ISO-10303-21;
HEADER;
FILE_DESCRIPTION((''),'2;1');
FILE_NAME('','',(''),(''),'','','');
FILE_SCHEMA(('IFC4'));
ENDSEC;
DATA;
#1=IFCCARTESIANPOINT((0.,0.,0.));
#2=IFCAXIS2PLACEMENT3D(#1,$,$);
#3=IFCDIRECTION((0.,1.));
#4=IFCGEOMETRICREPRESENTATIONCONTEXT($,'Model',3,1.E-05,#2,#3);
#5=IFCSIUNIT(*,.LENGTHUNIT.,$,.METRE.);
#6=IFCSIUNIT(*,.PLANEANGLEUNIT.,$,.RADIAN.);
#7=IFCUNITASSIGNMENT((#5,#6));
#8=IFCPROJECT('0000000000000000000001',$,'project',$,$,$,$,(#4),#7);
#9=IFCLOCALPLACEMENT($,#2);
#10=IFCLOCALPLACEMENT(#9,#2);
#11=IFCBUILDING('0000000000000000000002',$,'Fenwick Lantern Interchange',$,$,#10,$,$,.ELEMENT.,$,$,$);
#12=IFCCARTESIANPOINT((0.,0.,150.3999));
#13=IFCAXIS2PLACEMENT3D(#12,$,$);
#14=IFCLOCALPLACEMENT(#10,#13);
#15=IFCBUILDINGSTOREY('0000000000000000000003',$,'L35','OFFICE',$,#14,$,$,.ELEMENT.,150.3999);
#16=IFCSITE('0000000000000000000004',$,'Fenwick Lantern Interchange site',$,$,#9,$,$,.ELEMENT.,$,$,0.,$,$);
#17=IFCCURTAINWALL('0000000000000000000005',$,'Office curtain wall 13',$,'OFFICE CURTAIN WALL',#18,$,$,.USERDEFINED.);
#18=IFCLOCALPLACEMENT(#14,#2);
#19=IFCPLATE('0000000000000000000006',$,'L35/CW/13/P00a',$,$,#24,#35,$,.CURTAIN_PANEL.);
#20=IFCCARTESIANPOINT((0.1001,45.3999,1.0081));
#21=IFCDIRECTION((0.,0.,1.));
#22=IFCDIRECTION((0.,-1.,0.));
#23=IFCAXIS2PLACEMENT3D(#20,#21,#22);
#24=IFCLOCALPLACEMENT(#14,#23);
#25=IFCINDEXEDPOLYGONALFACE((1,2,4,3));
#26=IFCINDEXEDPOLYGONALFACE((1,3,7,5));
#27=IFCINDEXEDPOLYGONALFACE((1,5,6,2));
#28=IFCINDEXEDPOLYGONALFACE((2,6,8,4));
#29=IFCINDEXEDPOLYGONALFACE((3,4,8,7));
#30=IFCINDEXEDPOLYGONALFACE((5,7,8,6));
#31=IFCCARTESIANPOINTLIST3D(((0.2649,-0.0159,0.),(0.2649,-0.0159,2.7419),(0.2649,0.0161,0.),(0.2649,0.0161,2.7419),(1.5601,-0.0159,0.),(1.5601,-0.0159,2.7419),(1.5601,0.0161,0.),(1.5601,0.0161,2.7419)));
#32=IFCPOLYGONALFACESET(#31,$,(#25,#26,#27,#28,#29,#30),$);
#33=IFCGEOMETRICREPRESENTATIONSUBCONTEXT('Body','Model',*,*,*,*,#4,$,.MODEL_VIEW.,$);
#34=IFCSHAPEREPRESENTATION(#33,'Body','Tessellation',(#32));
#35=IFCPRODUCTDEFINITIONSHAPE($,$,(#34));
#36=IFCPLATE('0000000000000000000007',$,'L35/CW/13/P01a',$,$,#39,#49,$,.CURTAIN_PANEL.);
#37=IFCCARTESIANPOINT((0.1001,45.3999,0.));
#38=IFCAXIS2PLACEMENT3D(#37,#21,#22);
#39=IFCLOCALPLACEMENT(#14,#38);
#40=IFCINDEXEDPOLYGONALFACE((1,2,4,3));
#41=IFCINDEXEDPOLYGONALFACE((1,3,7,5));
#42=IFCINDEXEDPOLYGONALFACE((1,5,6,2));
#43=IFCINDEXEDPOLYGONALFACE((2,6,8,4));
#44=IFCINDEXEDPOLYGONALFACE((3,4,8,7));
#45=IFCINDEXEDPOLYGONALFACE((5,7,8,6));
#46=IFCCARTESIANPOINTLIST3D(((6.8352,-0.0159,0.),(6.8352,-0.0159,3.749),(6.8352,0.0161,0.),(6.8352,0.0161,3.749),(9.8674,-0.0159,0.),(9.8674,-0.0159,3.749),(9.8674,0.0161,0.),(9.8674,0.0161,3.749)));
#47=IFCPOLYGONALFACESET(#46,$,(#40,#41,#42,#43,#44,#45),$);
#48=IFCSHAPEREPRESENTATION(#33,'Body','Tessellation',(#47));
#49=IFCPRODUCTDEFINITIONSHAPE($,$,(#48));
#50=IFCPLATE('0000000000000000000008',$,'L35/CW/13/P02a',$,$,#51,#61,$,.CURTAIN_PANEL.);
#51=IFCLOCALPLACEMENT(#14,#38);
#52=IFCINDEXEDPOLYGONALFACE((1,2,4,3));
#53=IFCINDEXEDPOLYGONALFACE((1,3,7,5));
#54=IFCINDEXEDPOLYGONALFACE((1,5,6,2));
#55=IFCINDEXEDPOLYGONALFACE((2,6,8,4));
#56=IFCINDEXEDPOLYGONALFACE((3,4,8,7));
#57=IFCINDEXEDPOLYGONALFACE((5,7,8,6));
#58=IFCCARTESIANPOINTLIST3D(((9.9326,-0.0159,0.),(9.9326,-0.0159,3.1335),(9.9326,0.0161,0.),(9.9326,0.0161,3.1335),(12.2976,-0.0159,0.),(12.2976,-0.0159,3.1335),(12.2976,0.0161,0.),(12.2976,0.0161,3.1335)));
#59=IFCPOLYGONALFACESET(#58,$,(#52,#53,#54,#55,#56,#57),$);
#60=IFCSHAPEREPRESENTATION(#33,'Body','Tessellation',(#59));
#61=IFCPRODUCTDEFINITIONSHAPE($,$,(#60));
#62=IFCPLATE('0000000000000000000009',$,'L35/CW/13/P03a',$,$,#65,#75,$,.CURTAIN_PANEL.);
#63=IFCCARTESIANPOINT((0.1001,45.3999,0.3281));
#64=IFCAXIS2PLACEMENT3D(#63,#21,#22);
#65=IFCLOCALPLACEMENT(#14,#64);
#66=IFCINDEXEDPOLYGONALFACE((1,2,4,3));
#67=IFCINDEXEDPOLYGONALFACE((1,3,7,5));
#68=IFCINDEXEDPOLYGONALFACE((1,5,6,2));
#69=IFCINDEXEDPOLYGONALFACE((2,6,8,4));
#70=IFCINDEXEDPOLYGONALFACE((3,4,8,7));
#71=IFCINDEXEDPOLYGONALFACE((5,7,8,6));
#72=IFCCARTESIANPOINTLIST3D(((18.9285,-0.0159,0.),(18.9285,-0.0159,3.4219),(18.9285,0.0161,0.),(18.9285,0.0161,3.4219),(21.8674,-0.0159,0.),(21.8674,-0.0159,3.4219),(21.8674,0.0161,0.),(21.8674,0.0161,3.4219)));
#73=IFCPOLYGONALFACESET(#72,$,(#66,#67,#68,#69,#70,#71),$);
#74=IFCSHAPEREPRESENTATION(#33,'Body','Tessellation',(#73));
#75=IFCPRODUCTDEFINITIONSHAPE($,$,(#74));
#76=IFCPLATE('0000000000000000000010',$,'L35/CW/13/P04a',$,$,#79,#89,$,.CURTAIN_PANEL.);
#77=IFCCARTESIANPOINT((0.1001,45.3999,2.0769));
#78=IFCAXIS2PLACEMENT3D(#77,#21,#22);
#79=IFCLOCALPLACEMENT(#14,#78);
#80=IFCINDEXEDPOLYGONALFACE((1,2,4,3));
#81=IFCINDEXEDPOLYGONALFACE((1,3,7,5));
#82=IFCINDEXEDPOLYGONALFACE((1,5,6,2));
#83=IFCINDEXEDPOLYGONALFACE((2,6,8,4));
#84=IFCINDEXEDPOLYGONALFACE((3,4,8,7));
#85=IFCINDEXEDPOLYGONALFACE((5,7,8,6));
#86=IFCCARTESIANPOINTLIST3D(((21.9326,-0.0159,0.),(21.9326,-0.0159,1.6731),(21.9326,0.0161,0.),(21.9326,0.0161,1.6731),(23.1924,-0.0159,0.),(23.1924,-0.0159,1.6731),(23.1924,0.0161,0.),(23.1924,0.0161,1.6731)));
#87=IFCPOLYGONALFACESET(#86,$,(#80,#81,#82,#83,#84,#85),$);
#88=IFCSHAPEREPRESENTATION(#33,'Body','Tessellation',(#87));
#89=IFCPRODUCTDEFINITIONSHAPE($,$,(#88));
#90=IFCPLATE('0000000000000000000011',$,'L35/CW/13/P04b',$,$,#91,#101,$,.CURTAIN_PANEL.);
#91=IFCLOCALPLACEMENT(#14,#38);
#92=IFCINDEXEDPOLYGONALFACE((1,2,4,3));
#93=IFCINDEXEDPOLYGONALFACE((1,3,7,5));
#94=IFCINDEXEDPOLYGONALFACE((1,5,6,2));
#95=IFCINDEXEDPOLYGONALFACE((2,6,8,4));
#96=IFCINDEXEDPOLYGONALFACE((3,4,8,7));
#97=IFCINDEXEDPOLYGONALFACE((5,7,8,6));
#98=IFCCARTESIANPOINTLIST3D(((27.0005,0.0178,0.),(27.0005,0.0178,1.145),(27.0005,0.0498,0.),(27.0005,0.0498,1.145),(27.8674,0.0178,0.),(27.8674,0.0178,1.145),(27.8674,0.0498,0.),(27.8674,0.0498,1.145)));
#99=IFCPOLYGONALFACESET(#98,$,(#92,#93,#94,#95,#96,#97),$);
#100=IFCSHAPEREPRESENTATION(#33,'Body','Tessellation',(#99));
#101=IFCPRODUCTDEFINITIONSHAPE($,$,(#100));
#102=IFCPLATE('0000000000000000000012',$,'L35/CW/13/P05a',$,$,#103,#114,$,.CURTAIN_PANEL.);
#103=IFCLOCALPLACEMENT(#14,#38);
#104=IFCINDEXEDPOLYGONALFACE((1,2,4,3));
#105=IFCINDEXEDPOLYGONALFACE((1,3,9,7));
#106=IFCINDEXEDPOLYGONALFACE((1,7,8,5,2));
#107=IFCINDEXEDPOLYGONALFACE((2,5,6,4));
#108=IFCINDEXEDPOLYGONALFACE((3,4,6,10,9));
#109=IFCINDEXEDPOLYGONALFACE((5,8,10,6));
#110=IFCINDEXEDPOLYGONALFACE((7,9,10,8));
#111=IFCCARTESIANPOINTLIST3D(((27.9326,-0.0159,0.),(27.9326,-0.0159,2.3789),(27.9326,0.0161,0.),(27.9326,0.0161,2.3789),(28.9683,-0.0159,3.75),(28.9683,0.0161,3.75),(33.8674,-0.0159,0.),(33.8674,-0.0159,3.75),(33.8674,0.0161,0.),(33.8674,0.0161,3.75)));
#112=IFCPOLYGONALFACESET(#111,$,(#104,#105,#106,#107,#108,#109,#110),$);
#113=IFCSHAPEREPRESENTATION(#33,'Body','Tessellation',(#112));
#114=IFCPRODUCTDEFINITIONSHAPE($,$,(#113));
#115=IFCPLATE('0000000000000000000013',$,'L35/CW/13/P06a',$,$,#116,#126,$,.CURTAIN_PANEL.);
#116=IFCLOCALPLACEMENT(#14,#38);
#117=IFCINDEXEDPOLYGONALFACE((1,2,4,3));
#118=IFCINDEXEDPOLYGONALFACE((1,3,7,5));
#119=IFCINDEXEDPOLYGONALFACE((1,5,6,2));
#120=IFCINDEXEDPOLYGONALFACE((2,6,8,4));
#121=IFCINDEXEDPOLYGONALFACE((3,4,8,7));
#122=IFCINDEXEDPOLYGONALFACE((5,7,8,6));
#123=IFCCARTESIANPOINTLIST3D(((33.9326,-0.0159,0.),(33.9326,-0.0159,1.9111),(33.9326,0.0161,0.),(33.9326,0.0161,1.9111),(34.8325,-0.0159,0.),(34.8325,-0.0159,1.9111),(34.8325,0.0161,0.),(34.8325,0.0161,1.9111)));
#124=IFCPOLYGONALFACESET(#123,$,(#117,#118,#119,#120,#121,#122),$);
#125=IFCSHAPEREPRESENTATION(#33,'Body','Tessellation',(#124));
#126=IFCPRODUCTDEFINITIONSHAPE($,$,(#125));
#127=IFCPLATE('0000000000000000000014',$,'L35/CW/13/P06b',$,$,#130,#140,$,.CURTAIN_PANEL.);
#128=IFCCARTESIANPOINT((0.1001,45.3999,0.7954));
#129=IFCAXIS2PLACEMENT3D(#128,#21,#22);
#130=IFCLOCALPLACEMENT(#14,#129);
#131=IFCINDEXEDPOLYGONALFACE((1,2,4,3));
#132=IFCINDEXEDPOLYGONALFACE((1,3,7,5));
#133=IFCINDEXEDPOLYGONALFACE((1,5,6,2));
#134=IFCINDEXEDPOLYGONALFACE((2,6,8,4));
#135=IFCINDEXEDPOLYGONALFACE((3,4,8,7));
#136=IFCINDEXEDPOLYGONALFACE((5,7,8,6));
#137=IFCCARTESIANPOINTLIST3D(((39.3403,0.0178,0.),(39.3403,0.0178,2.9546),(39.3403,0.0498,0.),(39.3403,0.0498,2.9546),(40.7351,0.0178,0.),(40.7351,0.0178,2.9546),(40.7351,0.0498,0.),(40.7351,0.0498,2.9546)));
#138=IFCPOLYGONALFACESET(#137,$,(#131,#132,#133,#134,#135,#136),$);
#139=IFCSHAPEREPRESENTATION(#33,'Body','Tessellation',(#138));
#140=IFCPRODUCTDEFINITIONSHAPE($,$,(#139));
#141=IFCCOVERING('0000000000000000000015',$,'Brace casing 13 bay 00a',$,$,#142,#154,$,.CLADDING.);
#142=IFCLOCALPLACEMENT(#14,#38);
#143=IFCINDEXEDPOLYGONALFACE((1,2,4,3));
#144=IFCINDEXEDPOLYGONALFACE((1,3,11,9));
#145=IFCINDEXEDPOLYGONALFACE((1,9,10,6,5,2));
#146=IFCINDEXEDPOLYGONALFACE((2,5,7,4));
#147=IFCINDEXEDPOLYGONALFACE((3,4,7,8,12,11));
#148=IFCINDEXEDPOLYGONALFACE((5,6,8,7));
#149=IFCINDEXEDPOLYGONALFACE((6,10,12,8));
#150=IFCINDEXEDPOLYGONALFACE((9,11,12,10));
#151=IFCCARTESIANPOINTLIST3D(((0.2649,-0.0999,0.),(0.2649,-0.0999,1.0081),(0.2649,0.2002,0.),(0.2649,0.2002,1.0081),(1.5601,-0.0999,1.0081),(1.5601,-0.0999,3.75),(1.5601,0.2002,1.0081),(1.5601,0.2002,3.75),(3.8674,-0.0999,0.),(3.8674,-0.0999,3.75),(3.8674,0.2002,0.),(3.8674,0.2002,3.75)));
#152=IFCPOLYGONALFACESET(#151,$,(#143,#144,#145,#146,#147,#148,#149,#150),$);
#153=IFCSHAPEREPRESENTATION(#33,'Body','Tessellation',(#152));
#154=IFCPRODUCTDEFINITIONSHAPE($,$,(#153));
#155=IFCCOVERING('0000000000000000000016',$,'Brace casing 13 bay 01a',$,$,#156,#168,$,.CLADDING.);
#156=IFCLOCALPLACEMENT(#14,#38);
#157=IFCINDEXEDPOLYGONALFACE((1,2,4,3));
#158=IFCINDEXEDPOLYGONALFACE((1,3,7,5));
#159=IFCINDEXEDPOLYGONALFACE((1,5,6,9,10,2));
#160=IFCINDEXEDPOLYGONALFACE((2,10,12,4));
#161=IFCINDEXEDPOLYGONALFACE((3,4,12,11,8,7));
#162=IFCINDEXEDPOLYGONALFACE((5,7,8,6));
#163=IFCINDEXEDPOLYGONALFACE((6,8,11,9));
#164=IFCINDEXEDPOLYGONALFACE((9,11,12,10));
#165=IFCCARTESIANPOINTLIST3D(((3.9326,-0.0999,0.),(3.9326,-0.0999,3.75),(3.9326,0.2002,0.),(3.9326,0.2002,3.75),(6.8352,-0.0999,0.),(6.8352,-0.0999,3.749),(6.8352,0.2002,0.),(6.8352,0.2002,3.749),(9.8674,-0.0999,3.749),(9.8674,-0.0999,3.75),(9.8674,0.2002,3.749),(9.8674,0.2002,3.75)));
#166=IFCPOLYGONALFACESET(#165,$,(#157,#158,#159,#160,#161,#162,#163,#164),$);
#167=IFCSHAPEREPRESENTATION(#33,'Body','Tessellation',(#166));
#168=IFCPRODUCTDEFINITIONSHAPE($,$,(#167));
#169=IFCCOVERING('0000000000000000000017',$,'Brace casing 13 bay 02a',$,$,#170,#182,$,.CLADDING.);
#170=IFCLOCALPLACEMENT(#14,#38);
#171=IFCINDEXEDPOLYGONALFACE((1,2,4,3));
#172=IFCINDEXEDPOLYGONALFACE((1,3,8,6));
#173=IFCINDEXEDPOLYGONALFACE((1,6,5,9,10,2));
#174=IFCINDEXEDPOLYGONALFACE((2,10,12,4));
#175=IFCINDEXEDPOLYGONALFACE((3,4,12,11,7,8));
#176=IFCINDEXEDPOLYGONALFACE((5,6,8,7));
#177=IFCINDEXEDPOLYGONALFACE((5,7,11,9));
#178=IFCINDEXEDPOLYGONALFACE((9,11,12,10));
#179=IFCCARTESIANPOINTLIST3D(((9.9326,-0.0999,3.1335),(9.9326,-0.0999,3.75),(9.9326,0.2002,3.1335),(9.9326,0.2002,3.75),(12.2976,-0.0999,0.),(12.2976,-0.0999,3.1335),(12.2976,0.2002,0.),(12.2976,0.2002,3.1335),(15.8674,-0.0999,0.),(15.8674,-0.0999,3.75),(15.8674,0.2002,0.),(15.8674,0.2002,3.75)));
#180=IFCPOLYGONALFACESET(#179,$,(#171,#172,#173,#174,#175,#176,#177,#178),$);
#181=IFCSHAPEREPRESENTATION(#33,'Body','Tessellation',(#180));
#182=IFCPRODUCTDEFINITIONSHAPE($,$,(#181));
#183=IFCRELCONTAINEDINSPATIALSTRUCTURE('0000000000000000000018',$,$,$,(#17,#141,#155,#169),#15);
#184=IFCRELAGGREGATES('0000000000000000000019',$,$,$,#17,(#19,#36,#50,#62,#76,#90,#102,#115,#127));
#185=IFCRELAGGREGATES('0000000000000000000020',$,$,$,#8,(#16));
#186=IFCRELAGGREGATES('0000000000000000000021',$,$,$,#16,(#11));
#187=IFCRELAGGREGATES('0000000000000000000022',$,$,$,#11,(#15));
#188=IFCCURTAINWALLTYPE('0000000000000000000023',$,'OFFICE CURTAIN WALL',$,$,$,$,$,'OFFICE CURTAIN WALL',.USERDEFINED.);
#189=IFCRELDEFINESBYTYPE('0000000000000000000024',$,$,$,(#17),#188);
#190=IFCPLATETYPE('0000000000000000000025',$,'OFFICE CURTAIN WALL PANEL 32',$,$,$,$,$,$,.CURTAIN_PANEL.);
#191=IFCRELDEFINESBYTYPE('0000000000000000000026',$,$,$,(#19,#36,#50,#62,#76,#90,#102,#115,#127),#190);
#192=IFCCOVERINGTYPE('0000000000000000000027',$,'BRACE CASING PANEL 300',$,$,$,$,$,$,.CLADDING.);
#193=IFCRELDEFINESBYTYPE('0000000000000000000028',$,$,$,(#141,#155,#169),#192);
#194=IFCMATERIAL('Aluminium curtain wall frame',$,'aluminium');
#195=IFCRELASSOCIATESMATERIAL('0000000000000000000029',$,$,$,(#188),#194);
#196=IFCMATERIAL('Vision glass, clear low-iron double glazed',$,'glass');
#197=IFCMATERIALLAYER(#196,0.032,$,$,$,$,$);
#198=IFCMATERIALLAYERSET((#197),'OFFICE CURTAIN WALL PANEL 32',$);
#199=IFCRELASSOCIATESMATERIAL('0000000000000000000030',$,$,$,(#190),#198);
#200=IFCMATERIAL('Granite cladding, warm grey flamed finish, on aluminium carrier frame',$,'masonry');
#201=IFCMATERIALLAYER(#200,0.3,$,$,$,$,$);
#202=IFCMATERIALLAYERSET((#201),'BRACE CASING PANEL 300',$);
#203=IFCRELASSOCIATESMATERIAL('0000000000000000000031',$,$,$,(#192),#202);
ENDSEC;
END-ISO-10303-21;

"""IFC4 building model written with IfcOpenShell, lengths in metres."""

from ifc_helpers import new_model, si_unit, direction, frame, origin, place, context, subcontext, project, spatial, polyline, outline, extrude, material, layer, layer_set, type_object, element, aggregate, save


model = new_model("IFC4")

# Units and contexts
model_context = context("Model", 3, precision=1e-05, world=origin(), true_north=direction((0.0, 1.0)))
body_context = subcontext(model_context, "Body", "Model", "MODEL_VIEW")
ifc_project = project(units=[si_unit("LENGTHUNIT", "METRE"), si_unit("PLANEANGLEUNIT", "RADIAN")], contexts=[model_context])

# Site, building, storey
site_placement = place(None, origin())
site = spatial("IfcSite", under=ifc_project, at=site_placement, Name="Fenwick Lantern Interchange site", CompositionType="ELEMENT", RefElevation=0.0)
building_placement = place(site_placement, origin())
building = spatial("IfcBuilding", under=site, at=building_placement, Name="Fenwick Lantern Interchange", CompositionType="ELEMENT")
storey_placement = place(building_placement, frame((0.0, 0.0, 150.3999)))
storey = spatial("IfcBuildingStorey", under=building, at=storey_placement, Name="L35", Description="OFFICE", CompositionType="ELEMENT", Elevation=150.3999)

# Curtain wall
ifc_material_1 = material(Name="Aluminium curtain wall frame", Category="aluminium")
curtain_wall_type = type_object("IfcCurtainWallType", Name="OFFICE CURTAIN WALL", ElementType="OFFICE CURTAIN WALL", PredefinedType="USERDEFINED", material=ifc_material_1)
curtain_wall_1_placement = place(storey_placement, origin())
curtain_wall_1 = element("IfcCurtainWall", 1, at=curtain_wall_1_placement, inside=storey, type_object=curtain_wall_type, Name="Office curtain wall 13", ObjectType="OFFICE CURTAIN WALL", PredefinedType="USERDEFINED")

# Plates
ifc_material_2 = material(Name="Vision glass, clear low-iron double glazed", Category="glass")
ifc_layer_1 = layer(ifc_material_2, 0.032)
ifc_layer_set_1 = layer_set([ifc_layer_1], Name="OFFICE CURTAIN WALL PANEL 32")
plate_type = type_object("IfcPlateType", Name="OFFICE CURTAIN WALL PANEL 32", PredefinedType="CURTAIN_PANEL", material=ifc_layer_set_1)
plate_1_placement = place(storey_placement, frame((0.1001, 45.3999, 1.0081), z_axis=(0.0, 0.0, 1.0), x_axis=(0.0, -1.0, 0.0)))
plate_1 = element("IfcPlate", 2, at=plate_1_placement, type_object=plate_type, Name="L35/CW/13/P00a", PredefinedType="CURTAIN_PANEL", context=body_context, shape_type="SweptSolid", body=[
    extrude(outline(polyline([(0.2649, 0.0), (1.5601, 0.0), (1.5601, 2.7419), (0.2649, 2.7419), (0.2649, 0.0)])), frame((0.0, 0.0161, 0.0), z_axis=(0.0, -1.0, 0.0), x_axis=(1.0, 0.0, 0.0)), (0.0, 0.0, 1.0), 0.032),
])
plate_2_placement = place(storey_placement, frame((0.1001, 45.3999, 0.0), z_axis=(0.0, 0.0, 1.0), x_axis=(0.0, -1.0, 0.0)))
plate_2 = element("IfcPlate", 3, at=plate_2_placement, type_object=plate_type, Name="L35/CW/13/P01a", PredefinedType="CURTAIN_PANEL", context=body_context, shape_type="SweptSolid", body=[
    extrude(outline(polyline([(6.8352, 0.0), (9.8674, 0.0), (9.8674, 3.749), (6.8352, 3.749), (6.8352, 0.0)])), frame((0.0, 0.0161, 0.0), z_axis=(0.0, -1.0, 0.0), x_axis=(1.0, 0.0, 0.0)), (0.0, 0.0, 1.0), 0.032),
])
plate_3_placement = place(storey_placement, frame((0.1001, 45.3999, 0.0), z_axis=(0.0, 0.0, 1.0), x_axis=(0.0, -1.0, 0.0)))
plate_3 = element("IfcPlate", 4, at=plate_3_placement, type_object=plate_type, Name="L35/CW/13/P02a", PredefinedType="CURTAIN_PANEL", context=body_context, shape_type="SweptSolid", body=[
    extrude(outline(polyline([(9.9326, 0.0), (12.2976, 0.0), (12.2976, 3.1335), (9.9326, 3.1335), (9.9326, 0.0)])), frame((0.0, 0.0161, 0.0), z_axis=(0.0, -1.0, 0.0), x_axis=(1.0, 0.0, 0.0)), (0.0, 0.0, 1.0), 0.032),
])
plate_4_placement = place(storey_placement, frame((0.1001, 45.3999, 0.3281), z_axis=(0.0, 0.0, 1.0), x_axis=(0.0, -1.0, 0.0)))
plate_4 = element("IfcPlate", 5, at=plate_4_placement, type_object=plate_type, Name="L35/CW/13/P03a", PredefinedType="CURTAIN_PANEL", context=body_context, shape_type="SweptSolid", body=[
    extrude(outline(polyline([(18.9285, 0.0), (21.8674, 0.0), (21.8674, 3.4219), (18.9285, 3.4219), (18.9285, 0.0)])), frame((0.0, 0.0161, 0.0), z_axis=(0.0, -1.0, 0.0), x_axis=(1.0, 0.0, 0.0)), (0.0, 0.0, 1.0), 0.032),
])
plate_5_placement = place(storey_placement, frame((0.1001, 45.3999, 2.0769), z_axis=(0.0, 0.0, 1.0), x_axis=(0.0, -1.0, 0.0)))
plate_5 = element("IfcPlate", 6, at=plate_5_placement, type_object=plate_type, Name="L35/CW/13/P04a", PredefinedType="CURTAIN_PANEL", context=body_context, shape_type="SweptSolid", body=[
    extrude(outline(polyline([(21.9326, 0.0), (23.1924, 0.0), (23.1924, 1.6731), (21.9326, 1.6731), (21.9326, 0.0)])), frame((0.0, 0.0161, 0.0), z_axis=(0.0, -1.0, 0.0), x_axis=(1.0, 0.0, 0.0)), (0.0, 0.0, 1.0), 0.032),
])
plate_6_placement = place(storey_placement, frame((0.1001, 45.3999, 0.0), z_axis=(0.0, 0.0, 1.0), x_axis=(0.0, -1.0, 0.0)))
plate_6 = element("IfcPlate", 7, at=plate_6_placement, type_object=plate_type, Name="L35/CW/13/P04b", PredefinedType="CURTAIN_PANEL", context=body_context, shape_type="SweptSolid", body=[
    extrude(outline(polyline([(27.0005, 0.0), (27.8674, 0.0), (27.8674, 1.145), (27.0005, 1.145), (27.0005, 0.0)])), frame((0.0, 0.0498, 0.0), z_axis=(0.0, -1.0, 0.0), x_axis=(1.0, 0.0, 0.0)), (0.0, 0.0, 1.0), 0.032),
])
plate_7_placement = place(storey_placement, frame((0.1001, 45.3999, 0.0), z_axis=(0.0, 0.0, 1.0), x_axis=(0.0, -1.0, 0.0)))
plate_7 = element("IfcPlate", 8, at=plate_7_placement, type_object=plate_type, Name="L35/CW/13/P05a", PredefinedType="CURTAIN_PANEL", context=body_context, shape_type="SweptSolid", body=[
    extrude(outline(polyline([(27.9326, 0.0), (33.8674, 0.0), (33.8674, 3.75), (28.9683, 3.75), (27.9326, 2.3789), (27.9326, 0.0)])), frame((0.0, 0.0161, 0.0), z_axis=(0.0, -1.0, 0.0), x_axis=(1.0, 0.0, 0.0)), (0.0, 0.0, 1.0), 0.032),
])
plate_8_placement = place(storey_placement, frame((0.1001, 45.3999, 0.0), z_axis=(0.0, 0.0, 1.0), x_axis=(0.0, -1.0, 0.0)))
plate_8 = element("IfcPlate", 9, at=plate_8_placement, type_object=plate_type, Name="L35/CW/13/P06a", PredefinedType="CURTAIN_PANEL", context=body_context, shape_type="SweptSolid", body=[
    extrude(outline(polyline([(33.9326, 0.0), (34.8325, 0.0), (34.8325, 1.9111), (33.9326, 1.9111), (33.9326, 0.0)])), frame((0.0, 0.0161, 0.0), z_axis=(0.0, -1.0, 0.0), x_axis=(1.0, 0.0, 0.0)), (0.0, 0.0, 1.0), 0.032),
])
plate_9_placement = place(storey_placement, frame((0.1001, 45.3999, 0.7954), z_axis=(0.0, 0.0, 1.0), x_axis=(0.0, -1.0, 0.0)))
plate_9 = element("IfcPlate", 10, at=plate_9_placement, type_object=plate_type, Name="L35/CW/13/P06b", PredefinedType="CURTAIN_PANEL", context=body_context, shape_type="SweptSolid", body=[
    extrude(outline(polyline([(39.3403, 0.0), (40.7351, 0.0), (40.7351, 2.9546), (39.3403, 2.9546), (39.3403, 0.0)])), frame((0.0, 0.0498, 0.0), z_axis=(0.0, -1.0, 0.0), x_axis=(1.0, 0.0, 0.0)), (0.0, 0.0, 1.0), 0.032),
])
aggregate(curtain_wall_1, [plate_1, plate_2, plate_3, plate_4, plate_5, plate_6, plate_7, plate_8, plate_9])

# Coverings
ifc_material_3 = material(Name="Granite cladding, warm grey flamed finish, on aluminium carrier frame", Category="masonry")
ifc_layer_2 = layer(ifc_material_3, 0.3)
ifc_layer_set_2 = layer_set([ifc_layer_2], Name="BRACE CASING PANEL 300")
covering_type = type_object("IfcCoveringType", Name="BRACE CASING PANEL 300", PredefinedType="CLADDING", material=ifc_layer_set_2)
covering_1_placement = place(storey_placement, frame((0.1001, 45.3999, 0.0), z_axis=(0.0, 0.0, 1.0), x_axis=(0.0, -1.0, 0.0)))
element("IfcCovering", 11, at=covering_1_placement, inside=storey, type_object=covering_type, Name="Brace casing 13 bay 00a", PredefinedType="CLADDING", context=body_context, shape_type="SweptSolid", body=[
    extrude(outline(polyline([(0.2649, 0.0), (3.8674, 0.0), (3.8674, 3.75), (1.5601, 3.75), (1.5601, 1.0081), (0.2649, 1.0081), (0.2649, 0.0)])), frame((0.0, 0.2002, 0.0), z_axis=(0.0, -1.0, 0.0), x_axis=(1.0, 0.0, 0.0)), (0.0, 0.0, 1.0), 0.3),
])
covering_2_placement = place(storey_placement, frame((0.1001, 45.3999, 0.0), z_axis=(0.0, 0.0, 1.0), x_axis=(0.0, -1.0, 0.0)))
element("IfcCovering", 12, at=covering_2_placement, inside=storey, type_object=covering_type, Name="Brace casing 13 bay 01a", PredefinedType="CLADDING", context=body_context, shape_type="SweptSolid", body=[
    extrude(outline(polyline([(3.9326, 0.0), (6.8352, 0.0), (6.8352, 3.749), (9.8674, 3.749), (9.8674, 3.75), (3.9326, 3.75), (3.9326, 0.0)])), frame((0.0, 0.2002, 0.0), z_axis=(0.0, -1.0, 0.0), x_axis=(1.0, 0.0, 0.0)), (0.0, 0.0, 1.0), 0.3),
])
covering_3_placement = place(storey_placement, frame((0.1001, 45.3999, 0.0), z_axis=(0.0, 0.0, 1.0), x_axis=(0.0, -1.0, 0.0)))
element("IfcCovering", 13, at=covering_3_placement, inside=storey, type_object=covering_type, Name="Brace casing 13 bay 02a", PredefinedType="CLADDING", context=body_context, shape_type="SweptSolid", body=[
    extrude(outline(polyline([(12.2976, 0.0), (15.8674, 0.0), (15.8674, 3.75), (9.9326, 3.75), (9.9326, 3.1335), (12.2976, 3.1335), (12.2976, 0.0)])), frame((0.0, 0.2002, 0.0), z_axis=(0.0, -1.0, 0.0), x_axis=(1.0, 0.0, 0.0)), (0.0, 0.0, 1.0), 0.3),
])

save(model, "model.ifc")
